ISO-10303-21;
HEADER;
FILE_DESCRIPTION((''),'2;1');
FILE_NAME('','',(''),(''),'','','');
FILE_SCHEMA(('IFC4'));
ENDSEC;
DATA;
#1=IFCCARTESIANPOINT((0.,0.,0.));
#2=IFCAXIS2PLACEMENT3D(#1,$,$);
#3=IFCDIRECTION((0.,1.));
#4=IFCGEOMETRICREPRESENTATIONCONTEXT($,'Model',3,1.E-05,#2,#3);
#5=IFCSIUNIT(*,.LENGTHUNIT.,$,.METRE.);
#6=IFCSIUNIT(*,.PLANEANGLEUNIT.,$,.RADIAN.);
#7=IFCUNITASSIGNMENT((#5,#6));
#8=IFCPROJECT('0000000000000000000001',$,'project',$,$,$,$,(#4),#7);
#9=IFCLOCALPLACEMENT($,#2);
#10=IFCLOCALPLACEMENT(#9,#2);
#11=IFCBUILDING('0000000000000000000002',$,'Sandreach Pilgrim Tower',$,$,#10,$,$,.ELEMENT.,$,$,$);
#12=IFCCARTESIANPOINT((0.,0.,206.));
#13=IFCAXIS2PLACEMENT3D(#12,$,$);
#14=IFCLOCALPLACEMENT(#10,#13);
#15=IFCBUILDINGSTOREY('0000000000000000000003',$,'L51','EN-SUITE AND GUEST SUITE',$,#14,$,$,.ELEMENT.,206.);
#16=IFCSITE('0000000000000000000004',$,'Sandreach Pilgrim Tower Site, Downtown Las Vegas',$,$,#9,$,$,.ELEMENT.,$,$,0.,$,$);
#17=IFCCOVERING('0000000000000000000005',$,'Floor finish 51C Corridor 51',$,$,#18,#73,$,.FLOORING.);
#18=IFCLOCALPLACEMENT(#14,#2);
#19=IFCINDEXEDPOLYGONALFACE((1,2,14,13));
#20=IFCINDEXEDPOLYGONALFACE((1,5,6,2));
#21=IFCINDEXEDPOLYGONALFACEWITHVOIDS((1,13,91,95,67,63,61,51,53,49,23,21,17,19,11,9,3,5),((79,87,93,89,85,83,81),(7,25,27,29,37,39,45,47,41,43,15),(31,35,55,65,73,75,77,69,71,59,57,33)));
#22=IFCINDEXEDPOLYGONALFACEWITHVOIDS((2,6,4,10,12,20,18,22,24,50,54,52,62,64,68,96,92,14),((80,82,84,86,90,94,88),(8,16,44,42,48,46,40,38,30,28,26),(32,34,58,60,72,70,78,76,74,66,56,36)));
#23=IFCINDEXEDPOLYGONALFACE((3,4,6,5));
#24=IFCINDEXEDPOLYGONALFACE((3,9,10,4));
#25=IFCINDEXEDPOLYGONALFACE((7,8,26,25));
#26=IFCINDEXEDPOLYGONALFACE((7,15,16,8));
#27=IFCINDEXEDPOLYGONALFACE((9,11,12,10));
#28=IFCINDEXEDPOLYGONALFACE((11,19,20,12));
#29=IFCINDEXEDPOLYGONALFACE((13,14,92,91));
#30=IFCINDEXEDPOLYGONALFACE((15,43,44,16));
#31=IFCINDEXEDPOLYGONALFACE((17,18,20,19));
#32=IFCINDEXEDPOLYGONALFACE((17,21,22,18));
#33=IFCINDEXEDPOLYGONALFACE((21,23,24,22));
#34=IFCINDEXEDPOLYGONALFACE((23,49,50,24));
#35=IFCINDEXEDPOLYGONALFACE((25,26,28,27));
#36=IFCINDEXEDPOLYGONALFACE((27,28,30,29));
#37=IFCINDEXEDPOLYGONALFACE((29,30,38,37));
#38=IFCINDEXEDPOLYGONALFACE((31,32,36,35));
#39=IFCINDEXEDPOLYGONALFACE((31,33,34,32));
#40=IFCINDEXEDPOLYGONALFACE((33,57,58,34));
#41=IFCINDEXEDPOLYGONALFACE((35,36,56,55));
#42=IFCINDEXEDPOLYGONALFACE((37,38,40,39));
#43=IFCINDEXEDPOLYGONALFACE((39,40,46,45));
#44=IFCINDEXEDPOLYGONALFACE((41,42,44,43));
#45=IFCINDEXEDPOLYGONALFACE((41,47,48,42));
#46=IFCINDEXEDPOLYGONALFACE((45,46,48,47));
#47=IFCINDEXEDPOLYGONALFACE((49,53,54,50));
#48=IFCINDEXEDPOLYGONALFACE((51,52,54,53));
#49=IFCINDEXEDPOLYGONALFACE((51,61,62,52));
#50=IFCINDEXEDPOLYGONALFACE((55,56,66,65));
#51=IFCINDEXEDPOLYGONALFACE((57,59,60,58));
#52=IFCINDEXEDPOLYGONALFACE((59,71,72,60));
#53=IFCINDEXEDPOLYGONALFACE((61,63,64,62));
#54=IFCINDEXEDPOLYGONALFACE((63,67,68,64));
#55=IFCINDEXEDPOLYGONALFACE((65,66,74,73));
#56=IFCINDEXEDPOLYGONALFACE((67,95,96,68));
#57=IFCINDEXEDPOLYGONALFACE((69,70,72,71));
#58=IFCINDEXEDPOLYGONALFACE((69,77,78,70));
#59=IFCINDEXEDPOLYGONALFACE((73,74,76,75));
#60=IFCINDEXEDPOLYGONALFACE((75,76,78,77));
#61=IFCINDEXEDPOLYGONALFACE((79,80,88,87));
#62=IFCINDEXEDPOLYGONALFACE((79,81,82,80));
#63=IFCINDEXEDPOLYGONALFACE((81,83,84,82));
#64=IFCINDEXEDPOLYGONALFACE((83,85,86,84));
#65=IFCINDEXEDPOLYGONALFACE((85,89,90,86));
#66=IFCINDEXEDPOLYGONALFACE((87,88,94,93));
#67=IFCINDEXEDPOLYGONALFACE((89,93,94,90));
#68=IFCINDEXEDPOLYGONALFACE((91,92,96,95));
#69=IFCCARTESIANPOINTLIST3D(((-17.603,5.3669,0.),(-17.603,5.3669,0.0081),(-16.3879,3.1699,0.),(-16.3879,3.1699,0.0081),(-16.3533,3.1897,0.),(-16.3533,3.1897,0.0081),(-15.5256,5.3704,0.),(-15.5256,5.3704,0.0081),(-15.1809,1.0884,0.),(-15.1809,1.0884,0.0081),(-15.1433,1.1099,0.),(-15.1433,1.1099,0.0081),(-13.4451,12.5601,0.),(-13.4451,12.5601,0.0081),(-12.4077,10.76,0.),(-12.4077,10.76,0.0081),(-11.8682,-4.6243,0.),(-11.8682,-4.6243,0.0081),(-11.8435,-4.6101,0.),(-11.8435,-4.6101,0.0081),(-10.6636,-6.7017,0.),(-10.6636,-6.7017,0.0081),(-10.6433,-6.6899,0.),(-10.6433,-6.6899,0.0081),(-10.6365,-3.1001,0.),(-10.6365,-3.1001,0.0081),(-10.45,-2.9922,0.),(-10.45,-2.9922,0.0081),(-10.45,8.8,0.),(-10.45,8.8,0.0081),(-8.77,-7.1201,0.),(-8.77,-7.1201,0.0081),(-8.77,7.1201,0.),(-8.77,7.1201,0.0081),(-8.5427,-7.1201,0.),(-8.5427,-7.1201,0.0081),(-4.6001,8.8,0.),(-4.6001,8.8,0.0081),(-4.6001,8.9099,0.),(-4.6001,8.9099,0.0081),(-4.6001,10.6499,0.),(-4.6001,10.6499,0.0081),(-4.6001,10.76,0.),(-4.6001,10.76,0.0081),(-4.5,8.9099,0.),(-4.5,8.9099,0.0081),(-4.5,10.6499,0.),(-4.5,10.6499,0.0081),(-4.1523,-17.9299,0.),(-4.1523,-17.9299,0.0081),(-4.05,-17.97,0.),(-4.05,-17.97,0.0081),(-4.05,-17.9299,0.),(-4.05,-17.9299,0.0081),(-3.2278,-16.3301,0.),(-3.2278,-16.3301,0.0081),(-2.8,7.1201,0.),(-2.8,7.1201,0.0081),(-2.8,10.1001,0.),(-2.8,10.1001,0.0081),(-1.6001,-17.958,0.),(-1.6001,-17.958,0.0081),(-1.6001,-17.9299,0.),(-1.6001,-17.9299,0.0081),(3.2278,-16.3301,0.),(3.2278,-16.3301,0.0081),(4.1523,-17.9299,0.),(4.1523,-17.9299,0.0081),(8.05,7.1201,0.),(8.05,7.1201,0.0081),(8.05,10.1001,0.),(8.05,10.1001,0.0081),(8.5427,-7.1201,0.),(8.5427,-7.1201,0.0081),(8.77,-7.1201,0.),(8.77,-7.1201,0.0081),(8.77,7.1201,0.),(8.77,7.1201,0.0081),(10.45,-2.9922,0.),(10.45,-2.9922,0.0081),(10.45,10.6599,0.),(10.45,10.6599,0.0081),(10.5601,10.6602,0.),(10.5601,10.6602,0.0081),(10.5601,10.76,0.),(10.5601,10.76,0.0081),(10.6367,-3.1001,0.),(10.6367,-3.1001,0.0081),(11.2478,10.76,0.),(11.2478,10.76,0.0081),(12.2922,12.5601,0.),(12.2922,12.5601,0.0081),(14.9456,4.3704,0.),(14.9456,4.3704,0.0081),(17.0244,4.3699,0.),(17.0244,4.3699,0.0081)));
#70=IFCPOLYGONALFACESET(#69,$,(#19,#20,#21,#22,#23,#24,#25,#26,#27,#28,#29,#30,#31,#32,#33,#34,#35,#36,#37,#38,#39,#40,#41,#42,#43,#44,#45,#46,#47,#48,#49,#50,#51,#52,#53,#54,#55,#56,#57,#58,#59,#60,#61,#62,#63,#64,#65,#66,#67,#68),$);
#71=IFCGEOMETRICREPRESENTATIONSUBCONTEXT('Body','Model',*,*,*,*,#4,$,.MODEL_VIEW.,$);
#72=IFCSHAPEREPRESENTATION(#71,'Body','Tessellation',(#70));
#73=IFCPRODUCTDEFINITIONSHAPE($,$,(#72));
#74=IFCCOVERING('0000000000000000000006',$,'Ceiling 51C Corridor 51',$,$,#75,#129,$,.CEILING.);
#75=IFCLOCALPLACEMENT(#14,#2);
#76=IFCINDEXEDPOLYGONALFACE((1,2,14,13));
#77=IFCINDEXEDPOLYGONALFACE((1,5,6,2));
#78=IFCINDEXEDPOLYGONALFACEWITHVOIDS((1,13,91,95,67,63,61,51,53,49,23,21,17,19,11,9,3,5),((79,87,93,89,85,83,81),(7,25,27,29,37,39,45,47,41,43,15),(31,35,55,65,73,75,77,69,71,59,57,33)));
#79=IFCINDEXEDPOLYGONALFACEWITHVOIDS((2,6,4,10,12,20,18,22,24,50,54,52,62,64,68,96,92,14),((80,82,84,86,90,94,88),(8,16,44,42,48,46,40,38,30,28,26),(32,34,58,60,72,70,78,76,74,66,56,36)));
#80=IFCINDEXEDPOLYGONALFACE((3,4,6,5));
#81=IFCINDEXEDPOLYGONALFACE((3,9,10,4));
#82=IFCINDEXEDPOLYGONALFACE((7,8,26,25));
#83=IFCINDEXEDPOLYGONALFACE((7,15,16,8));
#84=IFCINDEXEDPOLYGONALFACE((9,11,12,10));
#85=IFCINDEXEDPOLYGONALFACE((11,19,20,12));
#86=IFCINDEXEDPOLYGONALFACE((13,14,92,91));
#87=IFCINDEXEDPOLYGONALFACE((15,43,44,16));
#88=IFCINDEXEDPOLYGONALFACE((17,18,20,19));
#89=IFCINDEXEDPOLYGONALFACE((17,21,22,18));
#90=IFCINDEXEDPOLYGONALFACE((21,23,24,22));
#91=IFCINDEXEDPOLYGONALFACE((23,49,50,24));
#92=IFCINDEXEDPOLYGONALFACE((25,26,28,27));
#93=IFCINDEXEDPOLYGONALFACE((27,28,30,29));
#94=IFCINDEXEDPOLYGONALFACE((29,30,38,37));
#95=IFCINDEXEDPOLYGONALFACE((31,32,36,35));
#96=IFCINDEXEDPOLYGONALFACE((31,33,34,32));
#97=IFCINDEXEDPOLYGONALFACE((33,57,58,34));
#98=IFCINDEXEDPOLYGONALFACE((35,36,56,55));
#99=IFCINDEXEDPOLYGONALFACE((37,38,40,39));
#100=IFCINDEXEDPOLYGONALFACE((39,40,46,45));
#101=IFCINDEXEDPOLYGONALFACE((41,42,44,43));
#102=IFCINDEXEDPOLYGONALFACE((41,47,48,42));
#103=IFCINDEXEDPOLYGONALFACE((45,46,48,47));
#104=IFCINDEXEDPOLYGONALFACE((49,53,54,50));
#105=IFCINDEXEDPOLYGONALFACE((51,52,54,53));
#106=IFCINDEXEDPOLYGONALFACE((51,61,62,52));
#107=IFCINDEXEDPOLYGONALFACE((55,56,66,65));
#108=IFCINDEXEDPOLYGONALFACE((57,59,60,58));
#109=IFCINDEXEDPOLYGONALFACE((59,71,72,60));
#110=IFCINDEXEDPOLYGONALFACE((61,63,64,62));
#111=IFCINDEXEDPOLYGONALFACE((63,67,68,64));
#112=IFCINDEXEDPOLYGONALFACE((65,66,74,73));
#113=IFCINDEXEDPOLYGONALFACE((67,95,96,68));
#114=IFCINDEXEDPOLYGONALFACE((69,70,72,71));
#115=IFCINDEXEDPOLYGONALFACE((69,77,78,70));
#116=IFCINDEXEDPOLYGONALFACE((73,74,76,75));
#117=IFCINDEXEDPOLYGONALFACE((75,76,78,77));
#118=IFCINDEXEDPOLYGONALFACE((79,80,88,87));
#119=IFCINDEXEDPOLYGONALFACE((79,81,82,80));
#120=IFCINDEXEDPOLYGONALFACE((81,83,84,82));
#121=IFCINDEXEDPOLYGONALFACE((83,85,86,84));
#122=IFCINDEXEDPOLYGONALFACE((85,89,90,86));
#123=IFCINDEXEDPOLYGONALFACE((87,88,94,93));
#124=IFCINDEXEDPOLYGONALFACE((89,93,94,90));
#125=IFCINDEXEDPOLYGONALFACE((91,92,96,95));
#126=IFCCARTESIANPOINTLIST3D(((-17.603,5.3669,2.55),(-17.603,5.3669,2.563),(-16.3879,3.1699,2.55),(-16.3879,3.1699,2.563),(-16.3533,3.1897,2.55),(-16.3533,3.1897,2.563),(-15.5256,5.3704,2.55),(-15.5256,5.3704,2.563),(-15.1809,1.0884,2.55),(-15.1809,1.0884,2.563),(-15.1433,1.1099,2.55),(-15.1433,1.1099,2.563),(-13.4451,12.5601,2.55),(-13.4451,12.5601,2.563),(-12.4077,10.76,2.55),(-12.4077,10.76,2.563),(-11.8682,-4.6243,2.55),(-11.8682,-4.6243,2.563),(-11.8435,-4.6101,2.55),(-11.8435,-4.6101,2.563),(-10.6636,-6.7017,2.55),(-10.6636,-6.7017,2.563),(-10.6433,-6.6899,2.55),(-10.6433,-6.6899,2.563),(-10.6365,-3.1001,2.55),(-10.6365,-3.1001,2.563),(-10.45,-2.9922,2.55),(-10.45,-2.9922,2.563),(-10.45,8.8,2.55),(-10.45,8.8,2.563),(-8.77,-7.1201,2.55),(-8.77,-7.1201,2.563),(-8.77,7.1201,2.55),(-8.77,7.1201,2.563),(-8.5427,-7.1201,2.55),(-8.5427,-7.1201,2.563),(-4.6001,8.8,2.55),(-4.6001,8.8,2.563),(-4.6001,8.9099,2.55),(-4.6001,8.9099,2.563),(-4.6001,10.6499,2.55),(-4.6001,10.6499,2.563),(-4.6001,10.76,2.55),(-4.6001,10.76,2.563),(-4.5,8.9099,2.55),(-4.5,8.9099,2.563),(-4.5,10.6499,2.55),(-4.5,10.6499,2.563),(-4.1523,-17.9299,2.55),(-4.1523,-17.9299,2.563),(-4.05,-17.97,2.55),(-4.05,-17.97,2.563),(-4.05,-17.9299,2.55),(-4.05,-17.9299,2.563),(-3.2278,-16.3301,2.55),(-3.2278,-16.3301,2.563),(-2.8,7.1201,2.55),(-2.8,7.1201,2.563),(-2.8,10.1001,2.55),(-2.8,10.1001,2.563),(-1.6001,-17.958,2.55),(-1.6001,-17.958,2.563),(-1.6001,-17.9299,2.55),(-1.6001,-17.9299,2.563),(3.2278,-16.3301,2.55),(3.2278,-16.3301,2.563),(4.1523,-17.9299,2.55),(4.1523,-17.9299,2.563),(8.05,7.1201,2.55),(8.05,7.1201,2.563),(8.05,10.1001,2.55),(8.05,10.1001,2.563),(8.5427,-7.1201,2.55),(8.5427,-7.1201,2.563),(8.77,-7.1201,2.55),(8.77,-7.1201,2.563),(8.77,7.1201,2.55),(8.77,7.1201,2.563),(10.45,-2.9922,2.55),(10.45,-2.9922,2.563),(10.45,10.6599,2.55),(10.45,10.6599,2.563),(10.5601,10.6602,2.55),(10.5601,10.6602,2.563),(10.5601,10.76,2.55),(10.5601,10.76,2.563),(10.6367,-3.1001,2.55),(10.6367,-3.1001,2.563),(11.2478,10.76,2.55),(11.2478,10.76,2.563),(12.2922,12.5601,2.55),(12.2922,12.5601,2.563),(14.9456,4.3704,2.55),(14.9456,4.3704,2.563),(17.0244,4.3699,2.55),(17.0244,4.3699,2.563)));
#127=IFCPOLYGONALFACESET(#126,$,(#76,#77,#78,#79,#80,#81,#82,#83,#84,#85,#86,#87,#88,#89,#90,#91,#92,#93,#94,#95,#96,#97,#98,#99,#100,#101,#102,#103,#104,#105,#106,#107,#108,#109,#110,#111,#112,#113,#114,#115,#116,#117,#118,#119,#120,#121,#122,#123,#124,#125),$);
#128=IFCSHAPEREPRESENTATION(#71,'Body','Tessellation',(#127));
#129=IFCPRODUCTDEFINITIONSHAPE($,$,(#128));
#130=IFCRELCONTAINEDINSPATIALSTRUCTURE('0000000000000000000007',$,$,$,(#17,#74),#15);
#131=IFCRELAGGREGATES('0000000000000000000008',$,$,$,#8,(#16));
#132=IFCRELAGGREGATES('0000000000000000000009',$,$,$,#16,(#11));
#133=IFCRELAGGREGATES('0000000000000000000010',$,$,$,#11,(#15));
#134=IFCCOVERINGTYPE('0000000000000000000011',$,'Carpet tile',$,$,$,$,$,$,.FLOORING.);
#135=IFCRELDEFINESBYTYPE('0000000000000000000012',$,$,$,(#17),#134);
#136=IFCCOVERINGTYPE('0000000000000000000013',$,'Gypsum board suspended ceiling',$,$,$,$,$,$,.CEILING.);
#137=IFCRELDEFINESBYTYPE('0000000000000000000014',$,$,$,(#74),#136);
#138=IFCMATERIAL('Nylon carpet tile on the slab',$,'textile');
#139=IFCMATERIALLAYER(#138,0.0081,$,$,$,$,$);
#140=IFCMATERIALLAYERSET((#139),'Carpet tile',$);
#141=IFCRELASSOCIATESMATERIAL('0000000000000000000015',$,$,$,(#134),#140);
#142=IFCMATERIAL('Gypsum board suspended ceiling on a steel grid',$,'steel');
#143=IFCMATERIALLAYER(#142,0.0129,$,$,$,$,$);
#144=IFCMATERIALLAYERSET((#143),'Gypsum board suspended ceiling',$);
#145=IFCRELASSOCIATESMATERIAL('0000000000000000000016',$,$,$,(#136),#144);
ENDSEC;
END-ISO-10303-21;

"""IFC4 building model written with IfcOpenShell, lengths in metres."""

from ifc_helpers import new_model, si_unit, direction, frame, origin, place, context, subcontext, project, spatial, polyline, outline, extrude, material, layer, layer_set, type_object, element, save


model = new_model("IFC4")

# Units and contexts
model_context = context("Model", 3, precision=1e-05, world=origin(), true_north=direction((0.0, 1.0)))
body_context = subcontext(model_context, "Body", "Model", "MODEL_VIEW")
ifc_project = project(units=[si_unit("LENGTHUNIT", "METRE"), si_unit("PLANEANGLEUNIT", "RADIAN")], contexts=[model_context])

# Site, building, storey
site_placement = place(None, origin())
site = spatial("IfcSite", under=ifc_project, at=site_placement, Name="Sandreach Pilgrim Tower Site, Downtown Las Vegas", CompositionType="ELEMENT", RefElevation=0.0)
building_placement = place(site_placement, origin())
building = spatial("IfcBuilding", under=site, at=building_placement, Name="Sandreach Pilgrim Tower", CompositionType="ELEMENT")
storey_placement = place(building_placement, frame((0.0, 0.0, 206.0)))
storey = spatial("IfcBuildingStorey", under=building, at=storey_placement, Name="L51", Description="EN-SUITE AND GUEST SUITE", CompositionType="ELEMENT", Elevation=206.0)

# Coverings
ifc_material_1 = material(Name="Nylon carpet tile on the slab", Category="textile")
ifc_layer_1 = layer(ifc_material_1, 0.0081)
ifc_layer_set_1 = layer_set([ifc_layer_1], Name="Carpet tile")
covering_type_1 = type_object("IfcCoveringType", Name="Carpet tile", PredefinedType="FLOORING", material=ifc_layer_set_1)
covering_1_placement = place(storey_placement, origin())
element("IfcCovering", 1, at=covering_1_placement, inside=storey, type_object=covering_type_1, Name="Floor finish 51C Corridor 51", PredefinedType="FLOORING", context=body_context, shape_type="SweptSolid", body=[
    extrude(outline(polyline([(-13.4451, 12.5601), (12.2922, 12.5601), (17.0244, 4.3699), (4.1523, -17.9299), (-1.6001, -17.9299), (-1.6001, -17.958), (-4.05, -17.97), (-4.05, -17.9299), (-4.1523, -17.9299), (-10.6433, -6.6899), (-10.6636, -6.7017), (-11.8682, -4.6243), (-11.8435, -4.6101), (-15.1433, 1.1099), (-15.1809, 1.0884), (-16.3879, 3.1699), (-16.3533, 3.1897), (-17.603, 5.3669), (-13.4451, 12.5601)]), holes=[polyline([(10.45, 10.6599), (10.45, -2.9922), (10.6367, -3.1001), (14.9456, 4.3704), (11.2478, 10.76), (10.5601, 10.76), (10.5601, 10.6602), (10.45, 10.6599)]), polyline([(-3.2278, -16.3301), (3.2278, -16.3301), (8.5427, -7.1201), (8.77, -7.1201), (8.77, 7.1201), (8.05, 7.1201), (8.05, 10.1001), (-2.8, 10.1001), (-2.8, 7.1201), (-8.77, 7.1201), (-8.77, -7.1201), (-8.5427, -7.1201), (-3.2278, -16.3301)]), polyline([(-15.5256, 5.3704), (-10.6365, -3.1001), (-10.45, -2.9922), (-10.45, 8.8), (-4.6001, 8.8), (-4.6001, 8.9099), (-4.5, 8.9099), (-4.5, 10.6499), (-4.6001, 10.6499), (-4.6001, 10.76), (-12.4077, 10.76), (-15.5256, 5.3704)])]), origin(), (0.0, 0.0, 1.0), 0.0081),
])
ifc_material_2 = material(Name="Gypsum board suspended ceiling on a steel grid", Category="steel")
ifc_layer_2 = layer(ifc_material_2, 0.0129)
ifc_layer_set_2 = layer_set([ifc_layer_2], Name="Gypsum board suspended ceiling")
covering_type_2 = type_object("IfcCoveringType", Name="Gypsum board suspended ceiling", PredefinedType="CEILING", material=ifc_layer_set_2)
covering_2_placement = place(storey_placement, frame((0.0, 0.0, 2.55)))
element("IfcCovering", 2, at=covering_2_placement, inside=storey, type_object=covering_type_2, Name="Ceiling 51C Corridor 51", PredefinedType="CEILING", context=body_context, shape_type="SweptSolid", body=[
    extrude(outline(polyline([(-13.4451, 12.5601), (12.2922, 12.5601), (17.0244, 4.3699), (4.1523, -17.9299), (-1.6001, -17.9299), (-1.6001, -17.958), (-4.05, -17.97), (-4.05, -17.9299), (-4.1523, -17.9299), (-10.6433, -6.6899), (-10.6636, -6.7017), (-11.8682, -4.6243), (-11.8435, -4.6101), (-15.1433, 1.1099), (-15.1809, 1.0884), (-16.3879, 3.1699), (-16.3533, 3.1897), (-17.603, 5.3669), (-13.4451, 12.5601)]), holes=[polyline([(10.45, 10.6599), (10.45, -2.9922), (10.6367, -3.1001), (14.9456, 4.3704), (11.2478, 10.76), (10.5601, 10.76), (10.5601, 10.6602), (10.45, 10.6599)]), polyline([(-3.2278, -16.3301), (3.2278, -16.3301), (8.5427, -7.1201), (8.77, -7.1201), (8.77, 7.1201), (8.05, 7.1201), (8.05, 10.1001), (-2.8, 10.1001), (-2.8, 7.1201), (-8.77, 7.1201), (-8.77, -7.1201), (-8.5427, -7.1201), (-3.2278, -16.3301)]), polyline([(-15.5256, 5.3704), (-10.6365, -3.1001), (-10.45, -2.9922), (-10.45, 8.8), (-4.6001, 8.8), (-4.6001, 8.9099), (-4.5, 8.9099), (-4.5, 10.6499), (-4.6001, 10.6499), (-4.6001, 10.76), (-12.4077, 10.76), (-15.5256, 5.3704)])]), origin(), (0.0, 0.0, 1.0), 0.0129),
])

save(model, "model.ifc")
